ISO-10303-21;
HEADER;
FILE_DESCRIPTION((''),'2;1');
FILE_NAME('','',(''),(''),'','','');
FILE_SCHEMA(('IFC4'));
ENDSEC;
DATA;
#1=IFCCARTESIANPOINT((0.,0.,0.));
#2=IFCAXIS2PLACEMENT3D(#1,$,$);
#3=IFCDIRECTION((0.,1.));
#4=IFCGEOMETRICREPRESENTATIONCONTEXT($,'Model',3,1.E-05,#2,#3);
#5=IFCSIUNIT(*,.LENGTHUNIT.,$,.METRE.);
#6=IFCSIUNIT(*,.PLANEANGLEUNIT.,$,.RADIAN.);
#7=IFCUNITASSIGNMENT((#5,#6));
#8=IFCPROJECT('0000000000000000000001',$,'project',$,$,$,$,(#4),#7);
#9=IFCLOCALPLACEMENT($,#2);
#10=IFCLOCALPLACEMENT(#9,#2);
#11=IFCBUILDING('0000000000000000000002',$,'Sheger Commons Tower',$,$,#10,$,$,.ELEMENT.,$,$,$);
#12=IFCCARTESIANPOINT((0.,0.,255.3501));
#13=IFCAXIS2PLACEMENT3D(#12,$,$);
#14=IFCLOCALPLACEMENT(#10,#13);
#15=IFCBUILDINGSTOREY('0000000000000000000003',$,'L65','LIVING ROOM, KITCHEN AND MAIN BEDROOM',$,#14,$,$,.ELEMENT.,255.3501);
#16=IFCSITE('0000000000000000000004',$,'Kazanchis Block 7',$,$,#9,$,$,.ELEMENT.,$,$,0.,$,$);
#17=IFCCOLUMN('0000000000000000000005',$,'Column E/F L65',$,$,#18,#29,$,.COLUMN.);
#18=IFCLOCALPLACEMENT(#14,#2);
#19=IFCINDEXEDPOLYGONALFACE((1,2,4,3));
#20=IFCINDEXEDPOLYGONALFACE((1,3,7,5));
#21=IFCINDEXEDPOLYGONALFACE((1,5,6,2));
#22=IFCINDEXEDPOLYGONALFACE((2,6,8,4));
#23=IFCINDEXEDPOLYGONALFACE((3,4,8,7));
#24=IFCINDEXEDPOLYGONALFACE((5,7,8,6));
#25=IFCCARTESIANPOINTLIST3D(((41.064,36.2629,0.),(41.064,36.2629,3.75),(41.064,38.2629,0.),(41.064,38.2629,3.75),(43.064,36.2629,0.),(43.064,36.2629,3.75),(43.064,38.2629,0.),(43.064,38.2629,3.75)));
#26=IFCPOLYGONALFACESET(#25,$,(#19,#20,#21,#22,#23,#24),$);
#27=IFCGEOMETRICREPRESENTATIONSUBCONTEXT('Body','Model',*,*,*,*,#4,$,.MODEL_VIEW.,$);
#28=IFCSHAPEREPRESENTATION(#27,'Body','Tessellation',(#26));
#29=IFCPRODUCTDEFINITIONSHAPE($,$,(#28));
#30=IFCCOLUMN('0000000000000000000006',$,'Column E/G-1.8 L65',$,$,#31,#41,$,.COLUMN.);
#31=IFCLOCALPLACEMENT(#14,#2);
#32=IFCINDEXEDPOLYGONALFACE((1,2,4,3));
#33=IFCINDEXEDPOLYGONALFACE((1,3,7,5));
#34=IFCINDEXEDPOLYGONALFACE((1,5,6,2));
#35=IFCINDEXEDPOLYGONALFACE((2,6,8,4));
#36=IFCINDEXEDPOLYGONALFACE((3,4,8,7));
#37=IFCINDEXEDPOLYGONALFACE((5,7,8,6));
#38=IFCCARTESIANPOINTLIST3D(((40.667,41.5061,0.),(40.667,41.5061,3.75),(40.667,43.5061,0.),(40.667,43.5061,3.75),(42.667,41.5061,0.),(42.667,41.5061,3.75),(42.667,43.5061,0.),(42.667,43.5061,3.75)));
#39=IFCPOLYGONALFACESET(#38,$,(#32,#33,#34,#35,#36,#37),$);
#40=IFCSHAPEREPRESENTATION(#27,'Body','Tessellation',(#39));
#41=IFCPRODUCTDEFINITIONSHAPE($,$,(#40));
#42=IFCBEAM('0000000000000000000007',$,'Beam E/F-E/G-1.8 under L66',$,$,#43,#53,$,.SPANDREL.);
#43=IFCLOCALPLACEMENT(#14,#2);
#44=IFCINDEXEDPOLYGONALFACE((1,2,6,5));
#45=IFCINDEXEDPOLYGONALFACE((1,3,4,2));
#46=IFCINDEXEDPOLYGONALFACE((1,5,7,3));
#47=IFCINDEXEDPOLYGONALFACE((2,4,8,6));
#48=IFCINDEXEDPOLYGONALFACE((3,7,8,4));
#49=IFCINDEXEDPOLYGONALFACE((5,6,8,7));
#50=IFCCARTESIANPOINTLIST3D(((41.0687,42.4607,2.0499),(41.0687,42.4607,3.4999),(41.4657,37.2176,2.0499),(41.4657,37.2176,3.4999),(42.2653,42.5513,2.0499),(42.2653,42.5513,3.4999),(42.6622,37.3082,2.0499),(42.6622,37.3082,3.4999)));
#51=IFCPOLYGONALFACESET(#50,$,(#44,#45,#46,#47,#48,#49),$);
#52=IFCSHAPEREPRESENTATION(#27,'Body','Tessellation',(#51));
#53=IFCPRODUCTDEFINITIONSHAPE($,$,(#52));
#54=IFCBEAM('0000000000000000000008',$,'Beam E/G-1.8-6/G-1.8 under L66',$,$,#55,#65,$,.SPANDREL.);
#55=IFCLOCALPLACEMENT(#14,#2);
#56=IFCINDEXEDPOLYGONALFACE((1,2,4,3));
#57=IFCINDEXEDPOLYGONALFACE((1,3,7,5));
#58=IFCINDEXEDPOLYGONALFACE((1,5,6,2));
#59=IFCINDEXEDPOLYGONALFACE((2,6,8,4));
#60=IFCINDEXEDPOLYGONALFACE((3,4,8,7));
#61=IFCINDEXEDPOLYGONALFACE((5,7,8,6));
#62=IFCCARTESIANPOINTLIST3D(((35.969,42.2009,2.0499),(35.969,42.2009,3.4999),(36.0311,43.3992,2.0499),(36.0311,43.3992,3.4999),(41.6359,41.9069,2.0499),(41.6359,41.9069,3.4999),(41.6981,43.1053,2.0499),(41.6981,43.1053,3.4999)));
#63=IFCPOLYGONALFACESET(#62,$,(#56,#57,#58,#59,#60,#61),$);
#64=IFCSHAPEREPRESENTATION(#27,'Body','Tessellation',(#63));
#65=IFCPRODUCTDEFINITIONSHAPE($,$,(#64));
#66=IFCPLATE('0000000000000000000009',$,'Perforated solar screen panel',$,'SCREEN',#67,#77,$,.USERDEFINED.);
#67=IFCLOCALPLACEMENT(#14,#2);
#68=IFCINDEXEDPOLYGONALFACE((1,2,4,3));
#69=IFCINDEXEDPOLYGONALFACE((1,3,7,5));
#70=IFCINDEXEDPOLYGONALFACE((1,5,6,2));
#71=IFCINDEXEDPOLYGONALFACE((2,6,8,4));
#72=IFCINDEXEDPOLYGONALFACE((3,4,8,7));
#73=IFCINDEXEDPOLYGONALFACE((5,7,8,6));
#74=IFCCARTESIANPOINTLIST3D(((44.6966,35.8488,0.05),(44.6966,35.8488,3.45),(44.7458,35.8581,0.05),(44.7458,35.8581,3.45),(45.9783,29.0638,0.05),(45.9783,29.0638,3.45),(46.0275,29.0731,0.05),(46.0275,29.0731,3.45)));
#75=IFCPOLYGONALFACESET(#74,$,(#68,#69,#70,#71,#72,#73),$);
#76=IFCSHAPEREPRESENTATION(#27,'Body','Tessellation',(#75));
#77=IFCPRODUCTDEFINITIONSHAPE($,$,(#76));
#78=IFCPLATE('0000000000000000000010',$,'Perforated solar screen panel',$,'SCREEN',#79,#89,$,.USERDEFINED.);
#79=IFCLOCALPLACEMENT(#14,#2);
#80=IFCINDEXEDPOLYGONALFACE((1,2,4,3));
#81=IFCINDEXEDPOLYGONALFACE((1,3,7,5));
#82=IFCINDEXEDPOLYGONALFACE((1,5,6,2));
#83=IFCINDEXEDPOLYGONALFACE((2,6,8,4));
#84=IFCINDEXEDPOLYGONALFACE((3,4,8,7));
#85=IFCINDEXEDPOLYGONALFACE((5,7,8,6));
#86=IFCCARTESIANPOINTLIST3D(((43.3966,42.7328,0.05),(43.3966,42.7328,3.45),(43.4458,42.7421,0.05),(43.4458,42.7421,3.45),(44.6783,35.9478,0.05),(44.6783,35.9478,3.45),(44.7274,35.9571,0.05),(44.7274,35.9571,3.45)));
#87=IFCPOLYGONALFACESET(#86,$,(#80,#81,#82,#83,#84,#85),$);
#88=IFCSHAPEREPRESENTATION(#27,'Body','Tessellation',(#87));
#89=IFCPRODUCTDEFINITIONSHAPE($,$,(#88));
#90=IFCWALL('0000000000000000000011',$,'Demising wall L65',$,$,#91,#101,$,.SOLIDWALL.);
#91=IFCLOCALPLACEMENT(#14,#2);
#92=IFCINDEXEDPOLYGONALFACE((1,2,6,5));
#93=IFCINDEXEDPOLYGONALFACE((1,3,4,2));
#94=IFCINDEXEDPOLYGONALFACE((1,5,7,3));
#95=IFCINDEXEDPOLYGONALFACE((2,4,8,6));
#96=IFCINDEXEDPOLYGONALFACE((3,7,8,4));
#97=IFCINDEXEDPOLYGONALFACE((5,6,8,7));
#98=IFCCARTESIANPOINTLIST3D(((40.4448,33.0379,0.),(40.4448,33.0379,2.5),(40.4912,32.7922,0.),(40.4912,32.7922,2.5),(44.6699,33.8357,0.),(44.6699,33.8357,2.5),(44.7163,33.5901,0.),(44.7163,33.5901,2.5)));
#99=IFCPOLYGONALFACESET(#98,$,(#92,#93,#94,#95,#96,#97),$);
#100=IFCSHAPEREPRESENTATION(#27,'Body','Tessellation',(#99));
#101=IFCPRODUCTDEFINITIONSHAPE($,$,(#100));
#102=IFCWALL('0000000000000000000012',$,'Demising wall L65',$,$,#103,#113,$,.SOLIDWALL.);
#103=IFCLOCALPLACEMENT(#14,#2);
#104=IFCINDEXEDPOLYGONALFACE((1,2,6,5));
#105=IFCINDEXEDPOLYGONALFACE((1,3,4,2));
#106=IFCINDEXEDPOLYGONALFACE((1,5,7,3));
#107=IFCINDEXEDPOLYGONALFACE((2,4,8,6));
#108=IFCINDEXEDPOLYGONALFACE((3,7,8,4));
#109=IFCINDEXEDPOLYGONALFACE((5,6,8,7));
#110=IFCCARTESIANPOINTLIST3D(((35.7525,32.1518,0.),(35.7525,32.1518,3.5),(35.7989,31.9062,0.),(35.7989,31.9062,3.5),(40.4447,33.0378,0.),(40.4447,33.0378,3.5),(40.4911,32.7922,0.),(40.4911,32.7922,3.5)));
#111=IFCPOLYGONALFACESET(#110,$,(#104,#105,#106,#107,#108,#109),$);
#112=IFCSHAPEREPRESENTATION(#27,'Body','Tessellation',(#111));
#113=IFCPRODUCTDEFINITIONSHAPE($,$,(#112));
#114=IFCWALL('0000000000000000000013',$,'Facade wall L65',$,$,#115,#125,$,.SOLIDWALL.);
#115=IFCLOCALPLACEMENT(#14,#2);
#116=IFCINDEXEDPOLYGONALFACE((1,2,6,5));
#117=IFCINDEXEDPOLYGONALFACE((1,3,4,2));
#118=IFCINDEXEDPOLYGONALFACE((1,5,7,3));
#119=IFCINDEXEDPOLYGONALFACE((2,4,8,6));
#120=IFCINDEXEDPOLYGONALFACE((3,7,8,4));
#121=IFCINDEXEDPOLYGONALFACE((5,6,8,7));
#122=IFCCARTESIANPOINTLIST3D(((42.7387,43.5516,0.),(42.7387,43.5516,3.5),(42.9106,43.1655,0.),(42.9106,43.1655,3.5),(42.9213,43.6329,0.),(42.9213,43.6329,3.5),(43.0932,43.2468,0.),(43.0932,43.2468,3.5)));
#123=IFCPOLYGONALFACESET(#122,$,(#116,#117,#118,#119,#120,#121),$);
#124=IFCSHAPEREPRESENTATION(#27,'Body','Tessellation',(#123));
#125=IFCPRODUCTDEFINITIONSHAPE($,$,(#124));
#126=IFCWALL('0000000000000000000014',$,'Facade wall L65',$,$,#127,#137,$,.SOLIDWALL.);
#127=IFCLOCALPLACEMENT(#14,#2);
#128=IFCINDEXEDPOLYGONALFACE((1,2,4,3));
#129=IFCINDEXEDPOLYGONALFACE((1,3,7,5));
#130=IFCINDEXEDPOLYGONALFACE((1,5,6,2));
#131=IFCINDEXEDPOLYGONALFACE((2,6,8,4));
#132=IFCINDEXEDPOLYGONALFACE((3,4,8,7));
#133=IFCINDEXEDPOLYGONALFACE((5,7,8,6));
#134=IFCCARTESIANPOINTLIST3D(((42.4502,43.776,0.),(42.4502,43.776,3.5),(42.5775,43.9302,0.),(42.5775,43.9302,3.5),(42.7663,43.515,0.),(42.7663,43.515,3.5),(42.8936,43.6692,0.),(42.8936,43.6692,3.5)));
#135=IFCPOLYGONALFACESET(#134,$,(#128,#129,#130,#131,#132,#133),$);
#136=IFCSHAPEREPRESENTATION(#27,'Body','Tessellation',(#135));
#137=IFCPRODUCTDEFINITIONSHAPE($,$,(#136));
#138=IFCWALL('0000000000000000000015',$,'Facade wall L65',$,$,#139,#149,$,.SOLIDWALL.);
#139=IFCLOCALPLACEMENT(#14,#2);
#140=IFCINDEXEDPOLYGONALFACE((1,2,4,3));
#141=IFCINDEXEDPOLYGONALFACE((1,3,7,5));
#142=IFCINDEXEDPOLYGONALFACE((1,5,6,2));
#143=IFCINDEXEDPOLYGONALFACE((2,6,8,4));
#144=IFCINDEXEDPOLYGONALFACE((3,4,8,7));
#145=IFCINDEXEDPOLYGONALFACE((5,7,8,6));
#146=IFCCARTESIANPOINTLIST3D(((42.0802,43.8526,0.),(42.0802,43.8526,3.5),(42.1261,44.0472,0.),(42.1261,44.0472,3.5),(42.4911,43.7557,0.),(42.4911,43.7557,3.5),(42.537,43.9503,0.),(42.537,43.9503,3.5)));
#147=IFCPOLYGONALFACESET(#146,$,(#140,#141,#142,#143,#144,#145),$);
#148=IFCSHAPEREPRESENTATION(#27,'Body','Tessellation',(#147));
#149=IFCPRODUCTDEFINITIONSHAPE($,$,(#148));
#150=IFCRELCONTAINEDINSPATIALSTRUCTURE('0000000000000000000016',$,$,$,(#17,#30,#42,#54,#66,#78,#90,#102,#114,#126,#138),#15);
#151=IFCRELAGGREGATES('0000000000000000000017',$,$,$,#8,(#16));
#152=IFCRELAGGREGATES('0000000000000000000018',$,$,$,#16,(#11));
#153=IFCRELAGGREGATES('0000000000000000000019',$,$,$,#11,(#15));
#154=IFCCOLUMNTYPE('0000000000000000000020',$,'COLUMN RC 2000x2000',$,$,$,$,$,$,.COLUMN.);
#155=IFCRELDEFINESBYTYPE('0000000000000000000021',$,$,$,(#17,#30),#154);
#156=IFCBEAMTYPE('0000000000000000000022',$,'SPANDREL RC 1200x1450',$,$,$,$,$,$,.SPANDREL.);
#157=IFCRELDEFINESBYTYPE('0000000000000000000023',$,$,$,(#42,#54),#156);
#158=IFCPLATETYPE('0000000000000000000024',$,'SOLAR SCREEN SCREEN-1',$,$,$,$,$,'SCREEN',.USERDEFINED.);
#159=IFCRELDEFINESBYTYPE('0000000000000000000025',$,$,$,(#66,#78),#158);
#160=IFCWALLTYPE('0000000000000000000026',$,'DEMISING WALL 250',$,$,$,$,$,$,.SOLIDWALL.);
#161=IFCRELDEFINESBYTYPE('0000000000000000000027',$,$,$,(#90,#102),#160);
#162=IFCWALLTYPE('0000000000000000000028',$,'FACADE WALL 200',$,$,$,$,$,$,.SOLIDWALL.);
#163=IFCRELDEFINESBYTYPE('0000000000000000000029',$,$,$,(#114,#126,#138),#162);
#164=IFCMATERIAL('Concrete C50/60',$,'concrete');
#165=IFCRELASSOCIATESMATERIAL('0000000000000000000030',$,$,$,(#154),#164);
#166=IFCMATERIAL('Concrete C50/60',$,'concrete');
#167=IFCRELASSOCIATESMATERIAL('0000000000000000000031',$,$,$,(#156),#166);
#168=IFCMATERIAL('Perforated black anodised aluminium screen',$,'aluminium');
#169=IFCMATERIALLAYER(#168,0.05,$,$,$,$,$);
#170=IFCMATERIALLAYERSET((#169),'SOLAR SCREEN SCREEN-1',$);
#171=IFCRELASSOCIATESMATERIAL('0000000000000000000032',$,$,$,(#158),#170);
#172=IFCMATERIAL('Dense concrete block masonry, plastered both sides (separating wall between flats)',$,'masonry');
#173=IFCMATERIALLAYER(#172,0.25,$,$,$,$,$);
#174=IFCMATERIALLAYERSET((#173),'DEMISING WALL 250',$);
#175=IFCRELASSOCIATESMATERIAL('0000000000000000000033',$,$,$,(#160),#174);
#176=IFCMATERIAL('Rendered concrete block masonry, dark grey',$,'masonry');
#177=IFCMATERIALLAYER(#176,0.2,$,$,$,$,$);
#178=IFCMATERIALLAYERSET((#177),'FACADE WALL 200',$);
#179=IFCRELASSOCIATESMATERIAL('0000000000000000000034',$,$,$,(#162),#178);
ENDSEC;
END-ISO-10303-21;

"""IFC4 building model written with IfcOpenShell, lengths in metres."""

from ifc_helpers import new_model, si_unit, direction, frame, frame_2d, origin, origin_2d, place, context, subcontext, project, spatial, rectangle, extrude, material, layer, layer_set, material_profile, profile_set, type_object, element, save


model = new_model("IFC4")

# Units and contexts
model_context = context("Model", 3, precision=1e-05, world=origin(), true_north=direction((0.0, 1.0)))
body_context = subcontext(model_context, "Body", "Model", "MODEL_VIEW")
ifc_project = project(units=[si_unit("LENGTHUNIT", "METRE"), si_unit("PLANEANGLEUNIT", "RADIAN")], contexts=[model_context])

# Site, building, storey
site_placement = place(None, origin())
site = spatial("IfcSite", under=ifc_project, at=site_placement, Name="Kazanchis Block 7", CompositionType="ELEMENT", RefElevation=0.0)
building_placement = place(site_placement, origin())
building = spatial("IfcBuilding", under=site, at=building_placement, Name="Sheger Commons Tower", CompositionType="ELEMENT")
storey_placement = place(building_placement, frame((0.0, 0.0, 255.3501)))
storey = spatial("IfcBuildingStorey", under=building, at=storey_placement, Name="L65", Description="LIVING ROOM, KITCHEN AND MAIN BEDROOM", CompositionType="ELEMENT", Elevation=255.3501)

# Columns
ifc_material_1 = material(Name="Concrete C50/60", Category="concrete")
ifc_material_profile_1 = material_profile(ifc_material_1, rectangle(XDim=2.0, YDim=2.0, at=origin_2d()), Name="RC 2000x2000")
ifc_profile_set_1 = profile_set([ifc_material_profile_1], Name="Concrete C50/60")
column_type = type_object("IfcColumnType", Name="COLUMN RC 2000x2000", PredefinedType="COLUMN", material=ifc_profile_set_1)
for number, where, z_axis, x_axis, name in (
    (1, (42.064, 37.2629, 0.0), (0.0, 0.0, 1.0), (1.0, 0.0, 0.0), "Column E/F L65"),
    (2, (41.667, 42.5061, 0.0), (0.0, 0.0, 1.0), (1.0, 0.0, 0.0), "Column E/G-1.8 L65"),
):
    element("IfcColumn", number, at=place(storey_placement, frame(where, z_axis=z_axis, x_axis=x_axis)), inside=storey, type_object=column_type, Name=name, PredefinedType="COLUMN", context=body_context, shape_type="SweptSolid", body=[
        extrude(rectangle(XDim=2.0, YDim=2.0, at=origin_2d()), origin(), (0.0, 0.0, 1.0), 3.75),
    ])

# Beams
ifc_material_2 = material(Name="Concrete C50/60", Category="concrete")
ifc_material_profile_2 = material_profile(ifc_material_2, rectangle(XDim=1.2, YDim=1.45, at=origin_2d()), Name="RC 1200x1450")
ifc_profile_set_2 = profile_set([ifc_material_profile_2], Name="Concrete C50/60")
beam_type = type_object("IfcBeamType", Name="SPANDREL RC 1200x1450", PredefinedType="SPANDREL", material=ifc_profile_set_2)
beam_1_placement = place(storey_placement, frame((42.064, 37.2629, 2.7749), z_axis=(-0.075496, 0.997146, 0.0), x_axis=(-0.997146, -0.075496, 0.0)))
element("IfcBeam", 3, at=beam_1_placement, inside=storey, type_object=beam_type, Name="Beam E/F-E/G-1.8 under L66", PredefinedType="SPANDREL", context=body_context, shape_type="SweptSolid", body=[
    extrude(rectangle(XDim=1.2, YDim=1.45, at=origin_2d()), origin(), (0.0, 0.0, 1.0), 5.2581),
])
beam_2_placement = place(storey_placement, frame((41.667, 42.5061, 2.7749), z_axis=(-0.998657, 0.0518, 0.0), x_axis=(-0.0518, -0.998657, 0.0)))
element("IfcBeam", 4, at=beam_2_placement, inside=storey, type_object=beam_type, Name="Beam E/G-1.8-6/G-1.8 under L66", PredefinedType="SPANDREL", context=body_context, shape_type="SweptSolid", body=[
    extrude(rectangle(XDim=1.2, YDim=1.45, at=origin_2d()), origin(), (0.0, 0.0, 1.0), 5.6746),
])

# Plates
ifc_material_3 = material(Name="Perforated black anodised aluminium screen", Category="aluminium")
ifc_layer_1 = layer(ifc_material_3, 0.05)
ifc_layer_set_1 = layer_set([ifc_layer_1], Name="SOLAR SCREEN SCREEN-1")
plate_type = type_object("IfcPlateType", Name="SOLAR SCREEN SCREEN-1", ElementType="SCREEN", PredefinedType="USERDEFINED", material=ifc_layer_set_1)
for number, where, z_axis, x_axis, name in (
    (5, (45.3621, 32.4609, 0.05), (0.0, 0.0, 1.0), (-0.185615, 0.982623, 0.0), "Perforated solar screen panel"),
    (6, (44.062, 39.345, 0.05), (0.0, 0.0, 1.0), (-0.185615, 0.982623, 0.0), "Perforated solar screen panel"),
):
    element("IfcPlate", number, at=place(storey_placement, frame(where, z_axis=z_axis, x_axis=x_axis)), inside=storey, type_object=plate_type, Name=name, ObjectType="SCREEN", PredefinedType="USERDEFINED", context=body_context, shape_type="SweptSolid", body=[
        extrude(rectangle(XDim=6.905, YDim=0.05, at=origin_2d()), origin(), (0.0, 0.0, 1.0), 3.3999),
    ])

# Walls
ifc_material_4 = material(Name="Dense concrete block masonry, plastered both sides (separating wall between flats)", Category="masonry")
ifc_layer_2 = layer(ifc_material_4, 0.25)
ifc_layer_set_2 = layer_set([ifc_layer_2], Name="DEMISING WALL 250")
wall_type_1 = type_object("IfcWallType", Name="DEMISING WALL 250", PredefinedType="SOLIDWALL", material=ifc_layer_set_2)
wall_1_placement = place(storey_placement, frame((44.6931, 33.7129, 0.0), z_axis=(0.0, 0.0, 1.0), x_axis=(-0.982634, -0.185557, 0.0)))
element("IfcWall", 7, at=wall_1_placement, inside=storey, type_object=wall_type_1, Name="Demising wall L65", PredefinedType="SOLIDWALL", context=body_context, shape_type="SweptSolid", body=[
    extrude(rectangle(XDim=4.2998, YDim=0.25, at=frame_2d((2.1499, 0.0))), origin(), (0.0, 0.0, 1.0), 2.5),
])
wall_2_placement = place(storey_placement, frame((40.468, 32.915, 0.0), z_axis=(0.0, 0.0, 1.0), x_axis=(-0.982636, -0.185545, 0.0)))
element("IfcWall", 8, at=wall_2_placement, inside=storey, type_object=wall_type_1, Name="Demising wall L65", PredefinedType="SOLIDWALL", context=body_context, shape_type="SweptSolid", body=[
    extrude(rectangle(XDim=4.7751, YDim=0.25, at=frame_2d((2.3877, 0.0))), origin(), (0.0, 0.0, 1.0), 3.5),
])
ifc_material_5 = material(Name="Rendered concrete block masonry, dark grey", Category="masonry")
ifc_layer_3 = layer(ifc_material_5, 0.2)
ifc_layer_set_3 = layer_set([ifc_layer_3], Name="FACADE WALL 200")
wall_type_2 = type_object("IfcWallType", Name="FACADE WALL 200", PredefinedType="SOLIDWALL", material=ifc_layer_set_3)
wall_3_placement = place(storey_placement, frame((43.002, 43.2061, 0.0), z_axis=(0.0, 0.0, 1.0), x_axis=(-0.406782, 0.913525, 0.0)))
element("IfcWall", 9, at=wall_3_placement, inside=storey, type_object=wall_type_2, Name="Facade wall L65", PredefinedType="SOLIDWALL", context=body_context, shape_type="SweptSolid", body=[
    extrude(rectangle(XDim=0.4226, YDim=0.2, at=frame_2d((0.2114, 0.0))), origin(), (0.0, 0.0, 1.0), 3.5),
])
wall_4_placement = place(storey_placement, frame((42.8301, 43.592, 0.0), z_axis=(0.0, 0.0, 1.0), x_axis=(-0.771191, 0.636604, 0.0)))
element("IfcWall", 10, at=wall_4_placement, inside=storey, type_object=wall_type_2, Name="Facade wall L65", PredefinedType="SOLIDWALL", context=body_context, shape_type="SweptSolid", body=[
    extrude(rectangle(XDim=0.4099, YDim=0.2, at=frame_2d((0.2051, 0.0))), origin(), (0.0, 0.0, 1.0), 3.5),
])
wall_5_placement = place(storey_placement, frame((42.5139, 43.853, 0.0), z_axis=(0.0, 0.0, 1.0), x_axis=(-0.973288, 0.229587, 0.0)))
element("IfcWall", 11, at=wall_5_placement, inside=storey, type_object=wall_type_2, Name="Facade wall L65", PredefinedType="SOLIDWALL", context=body_context, shape_type="SweptSolid", body=[
    extrude(rectangle(XDim=0.4221, YDim=0.2, at=frame_2d((0.2109, 0.0))), origin(), (0.0, 0.0, 1.0), 3.5),
])

save(model, "model.ifc")
